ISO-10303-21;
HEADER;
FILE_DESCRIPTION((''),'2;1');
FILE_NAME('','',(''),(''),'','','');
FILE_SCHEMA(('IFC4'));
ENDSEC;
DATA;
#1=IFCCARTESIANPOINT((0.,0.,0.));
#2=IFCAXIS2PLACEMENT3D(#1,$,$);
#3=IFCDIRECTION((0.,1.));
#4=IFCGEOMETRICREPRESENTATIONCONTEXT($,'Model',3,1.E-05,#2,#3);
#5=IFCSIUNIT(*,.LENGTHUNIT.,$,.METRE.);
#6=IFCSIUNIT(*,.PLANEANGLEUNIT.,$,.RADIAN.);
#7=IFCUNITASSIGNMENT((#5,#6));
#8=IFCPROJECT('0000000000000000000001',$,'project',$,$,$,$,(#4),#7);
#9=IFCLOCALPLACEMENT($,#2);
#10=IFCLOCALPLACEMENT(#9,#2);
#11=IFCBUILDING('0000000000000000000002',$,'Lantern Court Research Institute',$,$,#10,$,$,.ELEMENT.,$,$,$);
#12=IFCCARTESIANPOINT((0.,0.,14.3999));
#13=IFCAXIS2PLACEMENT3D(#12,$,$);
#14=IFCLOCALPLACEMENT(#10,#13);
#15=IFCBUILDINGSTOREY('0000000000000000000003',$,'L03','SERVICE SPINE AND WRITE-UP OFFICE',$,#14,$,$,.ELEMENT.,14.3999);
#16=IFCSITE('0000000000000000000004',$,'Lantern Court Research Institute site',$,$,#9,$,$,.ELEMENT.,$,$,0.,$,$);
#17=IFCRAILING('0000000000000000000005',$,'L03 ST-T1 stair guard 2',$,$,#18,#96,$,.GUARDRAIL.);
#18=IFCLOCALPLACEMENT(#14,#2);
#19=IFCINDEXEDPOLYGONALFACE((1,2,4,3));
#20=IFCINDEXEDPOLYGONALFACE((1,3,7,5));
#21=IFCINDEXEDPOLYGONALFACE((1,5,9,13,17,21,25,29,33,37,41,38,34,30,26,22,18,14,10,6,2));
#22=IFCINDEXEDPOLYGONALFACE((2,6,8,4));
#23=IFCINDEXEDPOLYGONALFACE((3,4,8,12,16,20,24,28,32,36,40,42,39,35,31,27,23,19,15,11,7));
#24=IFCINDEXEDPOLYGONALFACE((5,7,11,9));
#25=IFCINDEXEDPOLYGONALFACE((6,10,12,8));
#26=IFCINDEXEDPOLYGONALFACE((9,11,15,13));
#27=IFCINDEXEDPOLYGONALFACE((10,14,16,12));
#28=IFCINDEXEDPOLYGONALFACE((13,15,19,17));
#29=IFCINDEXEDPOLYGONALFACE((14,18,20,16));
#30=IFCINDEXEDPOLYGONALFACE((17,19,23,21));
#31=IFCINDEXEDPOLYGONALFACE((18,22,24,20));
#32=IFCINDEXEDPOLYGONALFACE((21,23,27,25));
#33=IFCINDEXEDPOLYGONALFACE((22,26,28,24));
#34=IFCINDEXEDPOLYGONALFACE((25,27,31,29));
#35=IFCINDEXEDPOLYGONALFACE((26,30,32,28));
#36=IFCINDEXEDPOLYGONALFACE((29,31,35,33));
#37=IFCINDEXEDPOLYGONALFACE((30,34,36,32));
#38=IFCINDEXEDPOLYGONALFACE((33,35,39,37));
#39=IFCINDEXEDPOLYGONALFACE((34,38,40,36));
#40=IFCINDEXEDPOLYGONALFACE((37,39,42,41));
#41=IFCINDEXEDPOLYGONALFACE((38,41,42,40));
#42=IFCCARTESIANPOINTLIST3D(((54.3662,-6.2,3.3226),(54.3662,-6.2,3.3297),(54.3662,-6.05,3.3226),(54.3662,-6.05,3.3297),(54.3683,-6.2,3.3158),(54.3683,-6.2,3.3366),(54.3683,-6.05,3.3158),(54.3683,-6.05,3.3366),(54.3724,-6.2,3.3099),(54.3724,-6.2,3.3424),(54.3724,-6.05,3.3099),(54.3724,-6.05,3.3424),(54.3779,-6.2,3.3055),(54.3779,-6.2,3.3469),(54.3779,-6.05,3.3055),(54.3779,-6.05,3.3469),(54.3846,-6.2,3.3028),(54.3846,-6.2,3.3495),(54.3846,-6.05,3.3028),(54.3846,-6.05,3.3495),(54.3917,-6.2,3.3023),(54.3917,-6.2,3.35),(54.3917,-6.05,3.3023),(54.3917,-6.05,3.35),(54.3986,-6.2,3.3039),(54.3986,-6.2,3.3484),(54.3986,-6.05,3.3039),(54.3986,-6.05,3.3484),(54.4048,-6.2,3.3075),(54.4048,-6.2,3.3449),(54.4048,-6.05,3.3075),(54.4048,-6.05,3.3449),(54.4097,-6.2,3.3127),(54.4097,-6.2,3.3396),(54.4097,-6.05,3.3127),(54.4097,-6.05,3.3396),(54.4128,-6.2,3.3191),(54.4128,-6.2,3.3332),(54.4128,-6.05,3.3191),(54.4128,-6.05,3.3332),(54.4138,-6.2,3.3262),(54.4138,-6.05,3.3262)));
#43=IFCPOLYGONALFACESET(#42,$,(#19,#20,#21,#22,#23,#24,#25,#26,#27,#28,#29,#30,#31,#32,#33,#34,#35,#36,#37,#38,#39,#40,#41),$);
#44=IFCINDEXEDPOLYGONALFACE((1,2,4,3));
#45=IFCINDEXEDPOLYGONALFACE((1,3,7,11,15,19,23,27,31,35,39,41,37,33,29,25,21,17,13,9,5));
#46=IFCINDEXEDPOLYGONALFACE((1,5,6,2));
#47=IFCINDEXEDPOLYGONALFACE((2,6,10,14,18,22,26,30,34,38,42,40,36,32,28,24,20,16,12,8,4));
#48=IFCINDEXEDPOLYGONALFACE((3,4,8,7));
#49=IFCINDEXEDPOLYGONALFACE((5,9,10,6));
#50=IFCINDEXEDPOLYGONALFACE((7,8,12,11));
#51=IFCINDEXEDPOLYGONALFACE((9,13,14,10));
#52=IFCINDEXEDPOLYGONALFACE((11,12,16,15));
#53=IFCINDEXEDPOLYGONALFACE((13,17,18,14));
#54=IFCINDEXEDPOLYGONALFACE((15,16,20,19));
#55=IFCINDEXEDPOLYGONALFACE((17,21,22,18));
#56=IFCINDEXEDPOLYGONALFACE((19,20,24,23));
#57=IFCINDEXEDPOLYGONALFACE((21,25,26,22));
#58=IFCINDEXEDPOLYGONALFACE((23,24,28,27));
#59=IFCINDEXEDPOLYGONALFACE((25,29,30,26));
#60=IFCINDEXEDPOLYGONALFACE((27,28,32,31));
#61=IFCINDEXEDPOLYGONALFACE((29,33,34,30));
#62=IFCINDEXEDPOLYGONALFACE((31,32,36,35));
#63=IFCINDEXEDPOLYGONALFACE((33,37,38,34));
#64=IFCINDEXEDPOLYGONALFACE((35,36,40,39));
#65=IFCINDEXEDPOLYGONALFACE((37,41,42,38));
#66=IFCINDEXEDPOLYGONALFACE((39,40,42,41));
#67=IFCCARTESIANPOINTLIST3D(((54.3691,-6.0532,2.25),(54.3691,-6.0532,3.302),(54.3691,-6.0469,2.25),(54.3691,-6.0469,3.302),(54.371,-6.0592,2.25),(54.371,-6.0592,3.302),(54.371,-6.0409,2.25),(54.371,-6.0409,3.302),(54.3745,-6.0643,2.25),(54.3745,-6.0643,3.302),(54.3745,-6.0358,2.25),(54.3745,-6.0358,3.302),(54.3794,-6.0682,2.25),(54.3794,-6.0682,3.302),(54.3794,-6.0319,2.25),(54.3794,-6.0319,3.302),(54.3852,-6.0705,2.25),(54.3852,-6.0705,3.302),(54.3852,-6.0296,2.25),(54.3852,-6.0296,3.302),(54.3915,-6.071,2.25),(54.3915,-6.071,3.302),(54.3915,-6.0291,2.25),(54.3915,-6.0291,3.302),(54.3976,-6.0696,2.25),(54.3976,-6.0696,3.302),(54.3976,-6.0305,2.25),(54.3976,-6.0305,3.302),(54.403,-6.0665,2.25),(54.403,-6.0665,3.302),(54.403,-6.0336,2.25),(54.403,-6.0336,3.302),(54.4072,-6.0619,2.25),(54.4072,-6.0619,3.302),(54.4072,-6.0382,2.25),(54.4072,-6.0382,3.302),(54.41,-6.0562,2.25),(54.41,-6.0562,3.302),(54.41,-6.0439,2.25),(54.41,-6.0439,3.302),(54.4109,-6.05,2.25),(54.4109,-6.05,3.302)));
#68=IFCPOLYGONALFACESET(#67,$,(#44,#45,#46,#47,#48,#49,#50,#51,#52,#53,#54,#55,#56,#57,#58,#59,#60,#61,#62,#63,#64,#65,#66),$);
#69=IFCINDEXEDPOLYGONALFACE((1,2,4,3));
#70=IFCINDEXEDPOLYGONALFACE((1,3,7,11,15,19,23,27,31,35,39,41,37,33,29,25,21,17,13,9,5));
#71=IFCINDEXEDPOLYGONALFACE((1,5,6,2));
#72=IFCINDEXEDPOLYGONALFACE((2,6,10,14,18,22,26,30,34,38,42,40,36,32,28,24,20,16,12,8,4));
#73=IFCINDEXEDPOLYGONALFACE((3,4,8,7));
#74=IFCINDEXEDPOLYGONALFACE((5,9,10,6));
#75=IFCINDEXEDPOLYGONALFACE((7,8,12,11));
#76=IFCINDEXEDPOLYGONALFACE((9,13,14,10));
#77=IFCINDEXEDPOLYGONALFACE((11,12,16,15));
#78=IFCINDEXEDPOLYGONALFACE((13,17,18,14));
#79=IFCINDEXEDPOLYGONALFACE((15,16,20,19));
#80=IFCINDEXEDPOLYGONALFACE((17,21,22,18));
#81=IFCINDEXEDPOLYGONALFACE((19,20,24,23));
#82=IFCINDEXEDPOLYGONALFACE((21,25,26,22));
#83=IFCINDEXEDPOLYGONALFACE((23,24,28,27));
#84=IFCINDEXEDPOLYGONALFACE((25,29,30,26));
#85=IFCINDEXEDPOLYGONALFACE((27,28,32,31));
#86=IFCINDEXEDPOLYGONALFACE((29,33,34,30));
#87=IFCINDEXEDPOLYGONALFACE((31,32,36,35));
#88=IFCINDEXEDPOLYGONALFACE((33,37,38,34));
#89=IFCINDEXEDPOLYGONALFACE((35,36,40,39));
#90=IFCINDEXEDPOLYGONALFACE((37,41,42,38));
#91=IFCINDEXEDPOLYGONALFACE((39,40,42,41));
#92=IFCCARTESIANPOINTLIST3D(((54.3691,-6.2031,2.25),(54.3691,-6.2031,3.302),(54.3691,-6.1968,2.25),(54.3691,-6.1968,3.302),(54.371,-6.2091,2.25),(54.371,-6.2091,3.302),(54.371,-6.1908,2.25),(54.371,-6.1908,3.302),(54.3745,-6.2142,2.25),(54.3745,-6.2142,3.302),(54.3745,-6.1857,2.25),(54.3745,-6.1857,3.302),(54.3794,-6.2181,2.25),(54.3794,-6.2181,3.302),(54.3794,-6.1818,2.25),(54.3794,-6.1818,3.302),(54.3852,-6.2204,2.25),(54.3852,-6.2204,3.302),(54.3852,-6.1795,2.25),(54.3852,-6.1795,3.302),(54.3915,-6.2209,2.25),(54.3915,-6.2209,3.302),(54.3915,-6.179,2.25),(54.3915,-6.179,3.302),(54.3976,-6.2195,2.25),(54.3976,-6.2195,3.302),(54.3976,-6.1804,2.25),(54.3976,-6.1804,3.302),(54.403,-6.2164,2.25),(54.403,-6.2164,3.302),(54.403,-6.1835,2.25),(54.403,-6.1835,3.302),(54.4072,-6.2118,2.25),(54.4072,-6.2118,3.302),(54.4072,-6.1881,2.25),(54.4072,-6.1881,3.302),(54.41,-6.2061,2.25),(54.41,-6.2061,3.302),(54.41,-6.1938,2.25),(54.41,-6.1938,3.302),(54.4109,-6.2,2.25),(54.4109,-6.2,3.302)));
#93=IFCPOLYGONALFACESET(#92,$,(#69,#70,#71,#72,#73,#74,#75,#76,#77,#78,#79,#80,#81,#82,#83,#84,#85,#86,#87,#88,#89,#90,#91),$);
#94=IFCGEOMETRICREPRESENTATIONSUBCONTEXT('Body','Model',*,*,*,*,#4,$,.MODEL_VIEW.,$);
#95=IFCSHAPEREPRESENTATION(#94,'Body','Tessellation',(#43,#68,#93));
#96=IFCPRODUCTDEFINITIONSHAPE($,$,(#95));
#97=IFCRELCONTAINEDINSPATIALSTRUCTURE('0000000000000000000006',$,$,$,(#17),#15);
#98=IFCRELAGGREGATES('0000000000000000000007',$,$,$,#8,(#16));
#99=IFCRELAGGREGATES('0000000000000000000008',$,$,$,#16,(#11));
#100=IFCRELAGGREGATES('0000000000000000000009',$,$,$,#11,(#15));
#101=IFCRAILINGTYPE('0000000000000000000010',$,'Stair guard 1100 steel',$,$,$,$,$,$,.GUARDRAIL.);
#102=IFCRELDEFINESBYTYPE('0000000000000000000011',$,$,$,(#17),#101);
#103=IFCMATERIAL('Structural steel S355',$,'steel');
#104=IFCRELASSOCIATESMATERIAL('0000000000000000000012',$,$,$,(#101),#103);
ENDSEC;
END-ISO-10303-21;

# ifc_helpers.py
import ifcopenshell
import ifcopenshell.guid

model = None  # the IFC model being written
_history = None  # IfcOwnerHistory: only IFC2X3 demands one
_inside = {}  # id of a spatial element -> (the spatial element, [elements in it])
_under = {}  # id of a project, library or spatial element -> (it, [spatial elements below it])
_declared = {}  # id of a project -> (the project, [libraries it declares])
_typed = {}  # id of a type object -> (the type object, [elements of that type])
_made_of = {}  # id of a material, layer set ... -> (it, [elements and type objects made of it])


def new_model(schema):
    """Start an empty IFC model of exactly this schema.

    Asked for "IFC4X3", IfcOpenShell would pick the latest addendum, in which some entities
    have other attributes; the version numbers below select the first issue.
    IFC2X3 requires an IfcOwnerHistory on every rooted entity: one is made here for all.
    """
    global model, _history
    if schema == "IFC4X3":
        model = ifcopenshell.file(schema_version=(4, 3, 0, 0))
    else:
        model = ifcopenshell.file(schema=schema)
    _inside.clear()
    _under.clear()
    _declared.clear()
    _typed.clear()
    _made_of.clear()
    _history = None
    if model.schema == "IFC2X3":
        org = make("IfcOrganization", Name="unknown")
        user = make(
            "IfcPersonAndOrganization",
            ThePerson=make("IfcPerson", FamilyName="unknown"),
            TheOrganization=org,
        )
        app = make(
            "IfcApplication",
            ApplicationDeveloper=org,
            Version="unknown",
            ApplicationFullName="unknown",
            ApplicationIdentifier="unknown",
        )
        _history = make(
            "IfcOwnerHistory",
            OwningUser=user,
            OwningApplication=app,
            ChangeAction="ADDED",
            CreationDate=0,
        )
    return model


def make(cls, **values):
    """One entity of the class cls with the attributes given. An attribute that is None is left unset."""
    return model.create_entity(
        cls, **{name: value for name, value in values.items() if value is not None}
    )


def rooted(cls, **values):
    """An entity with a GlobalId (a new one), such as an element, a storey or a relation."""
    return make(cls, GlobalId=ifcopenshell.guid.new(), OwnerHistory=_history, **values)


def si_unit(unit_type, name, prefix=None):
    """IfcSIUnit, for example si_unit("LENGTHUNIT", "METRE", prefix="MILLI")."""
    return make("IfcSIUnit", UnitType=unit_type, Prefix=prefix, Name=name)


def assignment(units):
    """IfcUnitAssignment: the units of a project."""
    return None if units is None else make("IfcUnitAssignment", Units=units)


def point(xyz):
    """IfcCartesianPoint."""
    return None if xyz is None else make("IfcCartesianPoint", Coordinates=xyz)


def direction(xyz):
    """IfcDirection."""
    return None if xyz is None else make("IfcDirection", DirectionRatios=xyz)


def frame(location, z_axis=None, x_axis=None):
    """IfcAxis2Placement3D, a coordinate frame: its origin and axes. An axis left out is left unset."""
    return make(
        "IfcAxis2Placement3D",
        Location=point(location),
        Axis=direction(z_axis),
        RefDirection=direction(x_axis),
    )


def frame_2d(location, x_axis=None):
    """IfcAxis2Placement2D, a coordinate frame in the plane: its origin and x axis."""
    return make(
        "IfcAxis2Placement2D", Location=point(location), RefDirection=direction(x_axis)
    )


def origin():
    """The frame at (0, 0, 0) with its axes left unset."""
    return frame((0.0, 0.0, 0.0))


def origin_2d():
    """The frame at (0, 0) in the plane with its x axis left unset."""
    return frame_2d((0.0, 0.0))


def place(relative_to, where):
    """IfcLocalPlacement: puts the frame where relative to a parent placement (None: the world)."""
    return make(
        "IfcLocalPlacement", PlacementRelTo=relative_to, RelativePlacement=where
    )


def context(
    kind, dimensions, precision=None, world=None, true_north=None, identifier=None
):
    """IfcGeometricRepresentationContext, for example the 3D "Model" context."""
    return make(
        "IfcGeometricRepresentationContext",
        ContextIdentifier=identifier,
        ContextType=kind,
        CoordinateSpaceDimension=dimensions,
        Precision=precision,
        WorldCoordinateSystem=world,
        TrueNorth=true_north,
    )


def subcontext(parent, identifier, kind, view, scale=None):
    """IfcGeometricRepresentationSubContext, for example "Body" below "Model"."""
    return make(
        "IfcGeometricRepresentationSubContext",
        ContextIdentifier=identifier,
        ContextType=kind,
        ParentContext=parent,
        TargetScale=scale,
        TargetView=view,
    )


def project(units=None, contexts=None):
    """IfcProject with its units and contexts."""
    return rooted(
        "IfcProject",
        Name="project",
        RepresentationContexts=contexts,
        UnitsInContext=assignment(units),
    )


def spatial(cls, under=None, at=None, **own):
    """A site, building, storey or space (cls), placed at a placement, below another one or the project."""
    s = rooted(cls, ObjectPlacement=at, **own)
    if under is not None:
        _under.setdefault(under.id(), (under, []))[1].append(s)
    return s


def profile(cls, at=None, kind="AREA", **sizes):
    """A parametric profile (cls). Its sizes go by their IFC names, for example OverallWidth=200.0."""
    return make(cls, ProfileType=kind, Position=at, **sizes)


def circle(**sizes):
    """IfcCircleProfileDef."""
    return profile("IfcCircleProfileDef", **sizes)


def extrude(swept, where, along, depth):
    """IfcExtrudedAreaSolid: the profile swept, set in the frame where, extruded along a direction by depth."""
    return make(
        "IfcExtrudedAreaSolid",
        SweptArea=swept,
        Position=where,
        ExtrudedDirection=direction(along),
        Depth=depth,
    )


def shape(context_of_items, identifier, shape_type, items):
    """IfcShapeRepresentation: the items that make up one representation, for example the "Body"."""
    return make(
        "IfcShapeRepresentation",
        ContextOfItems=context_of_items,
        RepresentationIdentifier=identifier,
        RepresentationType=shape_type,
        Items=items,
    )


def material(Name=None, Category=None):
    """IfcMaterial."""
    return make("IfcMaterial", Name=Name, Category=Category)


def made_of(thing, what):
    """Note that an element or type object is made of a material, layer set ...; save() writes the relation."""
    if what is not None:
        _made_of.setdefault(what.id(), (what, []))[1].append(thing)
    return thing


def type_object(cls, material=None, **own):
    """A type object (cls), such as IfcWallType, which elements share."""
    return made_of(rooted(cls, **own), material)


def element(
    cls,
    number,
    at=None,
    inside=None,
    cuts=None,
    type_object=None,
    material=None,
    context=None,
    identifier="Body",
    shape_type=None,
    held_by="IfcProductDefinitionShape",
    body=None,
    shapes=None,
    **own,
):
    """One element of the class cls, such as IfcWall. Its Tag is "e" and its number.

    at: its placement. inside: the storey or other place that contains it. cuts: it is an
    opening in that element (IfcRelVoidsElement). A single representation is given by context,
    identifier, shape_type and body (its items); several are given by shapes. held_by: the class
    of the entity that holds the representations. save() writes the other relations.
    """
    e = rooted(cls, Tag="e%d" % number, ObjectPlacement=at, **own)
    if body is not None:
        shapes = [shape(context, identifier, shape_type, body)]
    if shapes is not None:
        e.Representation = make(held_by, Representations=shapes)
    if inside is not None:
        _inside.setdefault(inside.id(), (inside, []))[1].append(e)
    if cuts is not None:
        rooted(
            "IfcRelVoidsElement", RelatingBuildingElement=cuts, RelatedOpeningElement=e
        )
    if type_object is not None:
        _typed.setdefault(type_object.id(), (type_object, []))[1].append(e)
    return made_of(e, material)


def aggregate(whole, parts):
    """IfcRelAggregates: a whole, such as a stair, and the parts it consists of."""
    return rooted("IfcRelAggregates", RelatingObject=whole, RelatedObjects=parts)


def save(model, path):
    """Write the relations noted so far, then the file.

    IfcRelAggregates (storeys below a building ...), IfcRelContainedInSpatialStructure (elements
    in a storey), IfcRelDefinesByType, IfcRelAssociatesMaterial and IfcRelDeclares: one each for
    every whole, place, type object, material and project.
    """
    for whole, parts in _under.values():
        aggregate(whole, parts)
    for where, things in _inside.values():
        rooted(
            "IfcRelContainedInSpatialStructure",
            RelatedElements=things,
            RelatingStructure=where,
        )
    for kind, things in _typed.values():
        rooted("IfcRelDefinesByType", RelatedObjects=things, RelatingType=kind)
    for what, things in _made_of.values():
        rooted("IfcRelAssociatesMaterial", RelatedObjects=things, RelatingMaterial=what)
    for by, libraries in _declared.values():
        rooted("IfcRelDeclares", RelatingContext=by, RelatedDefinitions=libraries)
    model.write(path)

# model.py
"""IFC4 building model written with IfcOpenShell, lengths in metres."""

from ifc_helpers import new_model, si_unit, direction, frame, origin, origin_2d, place, context, subcontext, project, spatial, circle, extrude, material, type_object, element, save


model = new_model("IFC4")

# Units and contexts
model_context = context("Model", 3, precision=1e-05, world=origin(), true_north=direction((0.0, 1.0)))
body_context = subcontext(model_context, "Body", "Model", "MODEL_VIEW")
ifc_project = project(units=[si_unit("LENGTHUNIT", "METRE"), si_unit("PLANEANGLEUNIT", "RADIAN")], contexts=[model_context])

# Site, building, storey
site_placement = place(None, origin())
site = spatial("IfcSite", under=ifc_project, at=site_placement, Name="Lantern Court Research Institute site", CompositionType="ELEMENT", RefElevation=0.0)
building_placement = place(site_placement, origin())
building = spatial("IfcBuilding", under=site, at=building_placement, Name="Lantern Court Research Institute", CompositionType="ELEMENT")
storey_placement = place(building_placement, frame((0.0, 0.0, 14.3999)))
storey = spatial("IfcBuildingStorey", under=building, at=storey_placement, Name="L03", Description="SERVICE SPINE AND WRITE-UP OFFICE", CompositionType="ELEMENT", Elevation=14.3999)

# Railing
ifc_material_1 = material(Name="Structural steel S355", Category="steel")
railing_type_1 = type_object("IfcRailingType", Name="Stair guard 1100 steel", PredefinedType="GUARDRAIL", material=ifc_material_1)
railing_1_placement = place(storey_placement, frame((54.3899, -6.05, 2.25)))
element("IfcRailing", 1, at=railing_1_placement, inside=storey, type_object=railing_type_1, Name="L03 ST-T1 stair guard 2", PredefinedType="GUARDRAIL", context=body_context, shape_type="SweptSolid", body=[
    extrude(circle(Radius=0.0239, at=origin_2d()), frame((0.0, 0.0, 1.0762), z_axis=(0.0, -1.0, 0.0), x_axis=(1.0, 0.0, 0.0)), (0.0, 0.0, 1.0), 0.1499),
    extrude(circle(Radius=0.021, at=origin_2d()), origin(), (0.0, 0.0, 1.0), 1.052),
    extrude(circle(Radius=0.021, at=origin_2d()), frame((0.0, -0.1499, 0.0)), (0.0, 0.0, 1.0), 1.052),
])

save(model, "model.ifc")
